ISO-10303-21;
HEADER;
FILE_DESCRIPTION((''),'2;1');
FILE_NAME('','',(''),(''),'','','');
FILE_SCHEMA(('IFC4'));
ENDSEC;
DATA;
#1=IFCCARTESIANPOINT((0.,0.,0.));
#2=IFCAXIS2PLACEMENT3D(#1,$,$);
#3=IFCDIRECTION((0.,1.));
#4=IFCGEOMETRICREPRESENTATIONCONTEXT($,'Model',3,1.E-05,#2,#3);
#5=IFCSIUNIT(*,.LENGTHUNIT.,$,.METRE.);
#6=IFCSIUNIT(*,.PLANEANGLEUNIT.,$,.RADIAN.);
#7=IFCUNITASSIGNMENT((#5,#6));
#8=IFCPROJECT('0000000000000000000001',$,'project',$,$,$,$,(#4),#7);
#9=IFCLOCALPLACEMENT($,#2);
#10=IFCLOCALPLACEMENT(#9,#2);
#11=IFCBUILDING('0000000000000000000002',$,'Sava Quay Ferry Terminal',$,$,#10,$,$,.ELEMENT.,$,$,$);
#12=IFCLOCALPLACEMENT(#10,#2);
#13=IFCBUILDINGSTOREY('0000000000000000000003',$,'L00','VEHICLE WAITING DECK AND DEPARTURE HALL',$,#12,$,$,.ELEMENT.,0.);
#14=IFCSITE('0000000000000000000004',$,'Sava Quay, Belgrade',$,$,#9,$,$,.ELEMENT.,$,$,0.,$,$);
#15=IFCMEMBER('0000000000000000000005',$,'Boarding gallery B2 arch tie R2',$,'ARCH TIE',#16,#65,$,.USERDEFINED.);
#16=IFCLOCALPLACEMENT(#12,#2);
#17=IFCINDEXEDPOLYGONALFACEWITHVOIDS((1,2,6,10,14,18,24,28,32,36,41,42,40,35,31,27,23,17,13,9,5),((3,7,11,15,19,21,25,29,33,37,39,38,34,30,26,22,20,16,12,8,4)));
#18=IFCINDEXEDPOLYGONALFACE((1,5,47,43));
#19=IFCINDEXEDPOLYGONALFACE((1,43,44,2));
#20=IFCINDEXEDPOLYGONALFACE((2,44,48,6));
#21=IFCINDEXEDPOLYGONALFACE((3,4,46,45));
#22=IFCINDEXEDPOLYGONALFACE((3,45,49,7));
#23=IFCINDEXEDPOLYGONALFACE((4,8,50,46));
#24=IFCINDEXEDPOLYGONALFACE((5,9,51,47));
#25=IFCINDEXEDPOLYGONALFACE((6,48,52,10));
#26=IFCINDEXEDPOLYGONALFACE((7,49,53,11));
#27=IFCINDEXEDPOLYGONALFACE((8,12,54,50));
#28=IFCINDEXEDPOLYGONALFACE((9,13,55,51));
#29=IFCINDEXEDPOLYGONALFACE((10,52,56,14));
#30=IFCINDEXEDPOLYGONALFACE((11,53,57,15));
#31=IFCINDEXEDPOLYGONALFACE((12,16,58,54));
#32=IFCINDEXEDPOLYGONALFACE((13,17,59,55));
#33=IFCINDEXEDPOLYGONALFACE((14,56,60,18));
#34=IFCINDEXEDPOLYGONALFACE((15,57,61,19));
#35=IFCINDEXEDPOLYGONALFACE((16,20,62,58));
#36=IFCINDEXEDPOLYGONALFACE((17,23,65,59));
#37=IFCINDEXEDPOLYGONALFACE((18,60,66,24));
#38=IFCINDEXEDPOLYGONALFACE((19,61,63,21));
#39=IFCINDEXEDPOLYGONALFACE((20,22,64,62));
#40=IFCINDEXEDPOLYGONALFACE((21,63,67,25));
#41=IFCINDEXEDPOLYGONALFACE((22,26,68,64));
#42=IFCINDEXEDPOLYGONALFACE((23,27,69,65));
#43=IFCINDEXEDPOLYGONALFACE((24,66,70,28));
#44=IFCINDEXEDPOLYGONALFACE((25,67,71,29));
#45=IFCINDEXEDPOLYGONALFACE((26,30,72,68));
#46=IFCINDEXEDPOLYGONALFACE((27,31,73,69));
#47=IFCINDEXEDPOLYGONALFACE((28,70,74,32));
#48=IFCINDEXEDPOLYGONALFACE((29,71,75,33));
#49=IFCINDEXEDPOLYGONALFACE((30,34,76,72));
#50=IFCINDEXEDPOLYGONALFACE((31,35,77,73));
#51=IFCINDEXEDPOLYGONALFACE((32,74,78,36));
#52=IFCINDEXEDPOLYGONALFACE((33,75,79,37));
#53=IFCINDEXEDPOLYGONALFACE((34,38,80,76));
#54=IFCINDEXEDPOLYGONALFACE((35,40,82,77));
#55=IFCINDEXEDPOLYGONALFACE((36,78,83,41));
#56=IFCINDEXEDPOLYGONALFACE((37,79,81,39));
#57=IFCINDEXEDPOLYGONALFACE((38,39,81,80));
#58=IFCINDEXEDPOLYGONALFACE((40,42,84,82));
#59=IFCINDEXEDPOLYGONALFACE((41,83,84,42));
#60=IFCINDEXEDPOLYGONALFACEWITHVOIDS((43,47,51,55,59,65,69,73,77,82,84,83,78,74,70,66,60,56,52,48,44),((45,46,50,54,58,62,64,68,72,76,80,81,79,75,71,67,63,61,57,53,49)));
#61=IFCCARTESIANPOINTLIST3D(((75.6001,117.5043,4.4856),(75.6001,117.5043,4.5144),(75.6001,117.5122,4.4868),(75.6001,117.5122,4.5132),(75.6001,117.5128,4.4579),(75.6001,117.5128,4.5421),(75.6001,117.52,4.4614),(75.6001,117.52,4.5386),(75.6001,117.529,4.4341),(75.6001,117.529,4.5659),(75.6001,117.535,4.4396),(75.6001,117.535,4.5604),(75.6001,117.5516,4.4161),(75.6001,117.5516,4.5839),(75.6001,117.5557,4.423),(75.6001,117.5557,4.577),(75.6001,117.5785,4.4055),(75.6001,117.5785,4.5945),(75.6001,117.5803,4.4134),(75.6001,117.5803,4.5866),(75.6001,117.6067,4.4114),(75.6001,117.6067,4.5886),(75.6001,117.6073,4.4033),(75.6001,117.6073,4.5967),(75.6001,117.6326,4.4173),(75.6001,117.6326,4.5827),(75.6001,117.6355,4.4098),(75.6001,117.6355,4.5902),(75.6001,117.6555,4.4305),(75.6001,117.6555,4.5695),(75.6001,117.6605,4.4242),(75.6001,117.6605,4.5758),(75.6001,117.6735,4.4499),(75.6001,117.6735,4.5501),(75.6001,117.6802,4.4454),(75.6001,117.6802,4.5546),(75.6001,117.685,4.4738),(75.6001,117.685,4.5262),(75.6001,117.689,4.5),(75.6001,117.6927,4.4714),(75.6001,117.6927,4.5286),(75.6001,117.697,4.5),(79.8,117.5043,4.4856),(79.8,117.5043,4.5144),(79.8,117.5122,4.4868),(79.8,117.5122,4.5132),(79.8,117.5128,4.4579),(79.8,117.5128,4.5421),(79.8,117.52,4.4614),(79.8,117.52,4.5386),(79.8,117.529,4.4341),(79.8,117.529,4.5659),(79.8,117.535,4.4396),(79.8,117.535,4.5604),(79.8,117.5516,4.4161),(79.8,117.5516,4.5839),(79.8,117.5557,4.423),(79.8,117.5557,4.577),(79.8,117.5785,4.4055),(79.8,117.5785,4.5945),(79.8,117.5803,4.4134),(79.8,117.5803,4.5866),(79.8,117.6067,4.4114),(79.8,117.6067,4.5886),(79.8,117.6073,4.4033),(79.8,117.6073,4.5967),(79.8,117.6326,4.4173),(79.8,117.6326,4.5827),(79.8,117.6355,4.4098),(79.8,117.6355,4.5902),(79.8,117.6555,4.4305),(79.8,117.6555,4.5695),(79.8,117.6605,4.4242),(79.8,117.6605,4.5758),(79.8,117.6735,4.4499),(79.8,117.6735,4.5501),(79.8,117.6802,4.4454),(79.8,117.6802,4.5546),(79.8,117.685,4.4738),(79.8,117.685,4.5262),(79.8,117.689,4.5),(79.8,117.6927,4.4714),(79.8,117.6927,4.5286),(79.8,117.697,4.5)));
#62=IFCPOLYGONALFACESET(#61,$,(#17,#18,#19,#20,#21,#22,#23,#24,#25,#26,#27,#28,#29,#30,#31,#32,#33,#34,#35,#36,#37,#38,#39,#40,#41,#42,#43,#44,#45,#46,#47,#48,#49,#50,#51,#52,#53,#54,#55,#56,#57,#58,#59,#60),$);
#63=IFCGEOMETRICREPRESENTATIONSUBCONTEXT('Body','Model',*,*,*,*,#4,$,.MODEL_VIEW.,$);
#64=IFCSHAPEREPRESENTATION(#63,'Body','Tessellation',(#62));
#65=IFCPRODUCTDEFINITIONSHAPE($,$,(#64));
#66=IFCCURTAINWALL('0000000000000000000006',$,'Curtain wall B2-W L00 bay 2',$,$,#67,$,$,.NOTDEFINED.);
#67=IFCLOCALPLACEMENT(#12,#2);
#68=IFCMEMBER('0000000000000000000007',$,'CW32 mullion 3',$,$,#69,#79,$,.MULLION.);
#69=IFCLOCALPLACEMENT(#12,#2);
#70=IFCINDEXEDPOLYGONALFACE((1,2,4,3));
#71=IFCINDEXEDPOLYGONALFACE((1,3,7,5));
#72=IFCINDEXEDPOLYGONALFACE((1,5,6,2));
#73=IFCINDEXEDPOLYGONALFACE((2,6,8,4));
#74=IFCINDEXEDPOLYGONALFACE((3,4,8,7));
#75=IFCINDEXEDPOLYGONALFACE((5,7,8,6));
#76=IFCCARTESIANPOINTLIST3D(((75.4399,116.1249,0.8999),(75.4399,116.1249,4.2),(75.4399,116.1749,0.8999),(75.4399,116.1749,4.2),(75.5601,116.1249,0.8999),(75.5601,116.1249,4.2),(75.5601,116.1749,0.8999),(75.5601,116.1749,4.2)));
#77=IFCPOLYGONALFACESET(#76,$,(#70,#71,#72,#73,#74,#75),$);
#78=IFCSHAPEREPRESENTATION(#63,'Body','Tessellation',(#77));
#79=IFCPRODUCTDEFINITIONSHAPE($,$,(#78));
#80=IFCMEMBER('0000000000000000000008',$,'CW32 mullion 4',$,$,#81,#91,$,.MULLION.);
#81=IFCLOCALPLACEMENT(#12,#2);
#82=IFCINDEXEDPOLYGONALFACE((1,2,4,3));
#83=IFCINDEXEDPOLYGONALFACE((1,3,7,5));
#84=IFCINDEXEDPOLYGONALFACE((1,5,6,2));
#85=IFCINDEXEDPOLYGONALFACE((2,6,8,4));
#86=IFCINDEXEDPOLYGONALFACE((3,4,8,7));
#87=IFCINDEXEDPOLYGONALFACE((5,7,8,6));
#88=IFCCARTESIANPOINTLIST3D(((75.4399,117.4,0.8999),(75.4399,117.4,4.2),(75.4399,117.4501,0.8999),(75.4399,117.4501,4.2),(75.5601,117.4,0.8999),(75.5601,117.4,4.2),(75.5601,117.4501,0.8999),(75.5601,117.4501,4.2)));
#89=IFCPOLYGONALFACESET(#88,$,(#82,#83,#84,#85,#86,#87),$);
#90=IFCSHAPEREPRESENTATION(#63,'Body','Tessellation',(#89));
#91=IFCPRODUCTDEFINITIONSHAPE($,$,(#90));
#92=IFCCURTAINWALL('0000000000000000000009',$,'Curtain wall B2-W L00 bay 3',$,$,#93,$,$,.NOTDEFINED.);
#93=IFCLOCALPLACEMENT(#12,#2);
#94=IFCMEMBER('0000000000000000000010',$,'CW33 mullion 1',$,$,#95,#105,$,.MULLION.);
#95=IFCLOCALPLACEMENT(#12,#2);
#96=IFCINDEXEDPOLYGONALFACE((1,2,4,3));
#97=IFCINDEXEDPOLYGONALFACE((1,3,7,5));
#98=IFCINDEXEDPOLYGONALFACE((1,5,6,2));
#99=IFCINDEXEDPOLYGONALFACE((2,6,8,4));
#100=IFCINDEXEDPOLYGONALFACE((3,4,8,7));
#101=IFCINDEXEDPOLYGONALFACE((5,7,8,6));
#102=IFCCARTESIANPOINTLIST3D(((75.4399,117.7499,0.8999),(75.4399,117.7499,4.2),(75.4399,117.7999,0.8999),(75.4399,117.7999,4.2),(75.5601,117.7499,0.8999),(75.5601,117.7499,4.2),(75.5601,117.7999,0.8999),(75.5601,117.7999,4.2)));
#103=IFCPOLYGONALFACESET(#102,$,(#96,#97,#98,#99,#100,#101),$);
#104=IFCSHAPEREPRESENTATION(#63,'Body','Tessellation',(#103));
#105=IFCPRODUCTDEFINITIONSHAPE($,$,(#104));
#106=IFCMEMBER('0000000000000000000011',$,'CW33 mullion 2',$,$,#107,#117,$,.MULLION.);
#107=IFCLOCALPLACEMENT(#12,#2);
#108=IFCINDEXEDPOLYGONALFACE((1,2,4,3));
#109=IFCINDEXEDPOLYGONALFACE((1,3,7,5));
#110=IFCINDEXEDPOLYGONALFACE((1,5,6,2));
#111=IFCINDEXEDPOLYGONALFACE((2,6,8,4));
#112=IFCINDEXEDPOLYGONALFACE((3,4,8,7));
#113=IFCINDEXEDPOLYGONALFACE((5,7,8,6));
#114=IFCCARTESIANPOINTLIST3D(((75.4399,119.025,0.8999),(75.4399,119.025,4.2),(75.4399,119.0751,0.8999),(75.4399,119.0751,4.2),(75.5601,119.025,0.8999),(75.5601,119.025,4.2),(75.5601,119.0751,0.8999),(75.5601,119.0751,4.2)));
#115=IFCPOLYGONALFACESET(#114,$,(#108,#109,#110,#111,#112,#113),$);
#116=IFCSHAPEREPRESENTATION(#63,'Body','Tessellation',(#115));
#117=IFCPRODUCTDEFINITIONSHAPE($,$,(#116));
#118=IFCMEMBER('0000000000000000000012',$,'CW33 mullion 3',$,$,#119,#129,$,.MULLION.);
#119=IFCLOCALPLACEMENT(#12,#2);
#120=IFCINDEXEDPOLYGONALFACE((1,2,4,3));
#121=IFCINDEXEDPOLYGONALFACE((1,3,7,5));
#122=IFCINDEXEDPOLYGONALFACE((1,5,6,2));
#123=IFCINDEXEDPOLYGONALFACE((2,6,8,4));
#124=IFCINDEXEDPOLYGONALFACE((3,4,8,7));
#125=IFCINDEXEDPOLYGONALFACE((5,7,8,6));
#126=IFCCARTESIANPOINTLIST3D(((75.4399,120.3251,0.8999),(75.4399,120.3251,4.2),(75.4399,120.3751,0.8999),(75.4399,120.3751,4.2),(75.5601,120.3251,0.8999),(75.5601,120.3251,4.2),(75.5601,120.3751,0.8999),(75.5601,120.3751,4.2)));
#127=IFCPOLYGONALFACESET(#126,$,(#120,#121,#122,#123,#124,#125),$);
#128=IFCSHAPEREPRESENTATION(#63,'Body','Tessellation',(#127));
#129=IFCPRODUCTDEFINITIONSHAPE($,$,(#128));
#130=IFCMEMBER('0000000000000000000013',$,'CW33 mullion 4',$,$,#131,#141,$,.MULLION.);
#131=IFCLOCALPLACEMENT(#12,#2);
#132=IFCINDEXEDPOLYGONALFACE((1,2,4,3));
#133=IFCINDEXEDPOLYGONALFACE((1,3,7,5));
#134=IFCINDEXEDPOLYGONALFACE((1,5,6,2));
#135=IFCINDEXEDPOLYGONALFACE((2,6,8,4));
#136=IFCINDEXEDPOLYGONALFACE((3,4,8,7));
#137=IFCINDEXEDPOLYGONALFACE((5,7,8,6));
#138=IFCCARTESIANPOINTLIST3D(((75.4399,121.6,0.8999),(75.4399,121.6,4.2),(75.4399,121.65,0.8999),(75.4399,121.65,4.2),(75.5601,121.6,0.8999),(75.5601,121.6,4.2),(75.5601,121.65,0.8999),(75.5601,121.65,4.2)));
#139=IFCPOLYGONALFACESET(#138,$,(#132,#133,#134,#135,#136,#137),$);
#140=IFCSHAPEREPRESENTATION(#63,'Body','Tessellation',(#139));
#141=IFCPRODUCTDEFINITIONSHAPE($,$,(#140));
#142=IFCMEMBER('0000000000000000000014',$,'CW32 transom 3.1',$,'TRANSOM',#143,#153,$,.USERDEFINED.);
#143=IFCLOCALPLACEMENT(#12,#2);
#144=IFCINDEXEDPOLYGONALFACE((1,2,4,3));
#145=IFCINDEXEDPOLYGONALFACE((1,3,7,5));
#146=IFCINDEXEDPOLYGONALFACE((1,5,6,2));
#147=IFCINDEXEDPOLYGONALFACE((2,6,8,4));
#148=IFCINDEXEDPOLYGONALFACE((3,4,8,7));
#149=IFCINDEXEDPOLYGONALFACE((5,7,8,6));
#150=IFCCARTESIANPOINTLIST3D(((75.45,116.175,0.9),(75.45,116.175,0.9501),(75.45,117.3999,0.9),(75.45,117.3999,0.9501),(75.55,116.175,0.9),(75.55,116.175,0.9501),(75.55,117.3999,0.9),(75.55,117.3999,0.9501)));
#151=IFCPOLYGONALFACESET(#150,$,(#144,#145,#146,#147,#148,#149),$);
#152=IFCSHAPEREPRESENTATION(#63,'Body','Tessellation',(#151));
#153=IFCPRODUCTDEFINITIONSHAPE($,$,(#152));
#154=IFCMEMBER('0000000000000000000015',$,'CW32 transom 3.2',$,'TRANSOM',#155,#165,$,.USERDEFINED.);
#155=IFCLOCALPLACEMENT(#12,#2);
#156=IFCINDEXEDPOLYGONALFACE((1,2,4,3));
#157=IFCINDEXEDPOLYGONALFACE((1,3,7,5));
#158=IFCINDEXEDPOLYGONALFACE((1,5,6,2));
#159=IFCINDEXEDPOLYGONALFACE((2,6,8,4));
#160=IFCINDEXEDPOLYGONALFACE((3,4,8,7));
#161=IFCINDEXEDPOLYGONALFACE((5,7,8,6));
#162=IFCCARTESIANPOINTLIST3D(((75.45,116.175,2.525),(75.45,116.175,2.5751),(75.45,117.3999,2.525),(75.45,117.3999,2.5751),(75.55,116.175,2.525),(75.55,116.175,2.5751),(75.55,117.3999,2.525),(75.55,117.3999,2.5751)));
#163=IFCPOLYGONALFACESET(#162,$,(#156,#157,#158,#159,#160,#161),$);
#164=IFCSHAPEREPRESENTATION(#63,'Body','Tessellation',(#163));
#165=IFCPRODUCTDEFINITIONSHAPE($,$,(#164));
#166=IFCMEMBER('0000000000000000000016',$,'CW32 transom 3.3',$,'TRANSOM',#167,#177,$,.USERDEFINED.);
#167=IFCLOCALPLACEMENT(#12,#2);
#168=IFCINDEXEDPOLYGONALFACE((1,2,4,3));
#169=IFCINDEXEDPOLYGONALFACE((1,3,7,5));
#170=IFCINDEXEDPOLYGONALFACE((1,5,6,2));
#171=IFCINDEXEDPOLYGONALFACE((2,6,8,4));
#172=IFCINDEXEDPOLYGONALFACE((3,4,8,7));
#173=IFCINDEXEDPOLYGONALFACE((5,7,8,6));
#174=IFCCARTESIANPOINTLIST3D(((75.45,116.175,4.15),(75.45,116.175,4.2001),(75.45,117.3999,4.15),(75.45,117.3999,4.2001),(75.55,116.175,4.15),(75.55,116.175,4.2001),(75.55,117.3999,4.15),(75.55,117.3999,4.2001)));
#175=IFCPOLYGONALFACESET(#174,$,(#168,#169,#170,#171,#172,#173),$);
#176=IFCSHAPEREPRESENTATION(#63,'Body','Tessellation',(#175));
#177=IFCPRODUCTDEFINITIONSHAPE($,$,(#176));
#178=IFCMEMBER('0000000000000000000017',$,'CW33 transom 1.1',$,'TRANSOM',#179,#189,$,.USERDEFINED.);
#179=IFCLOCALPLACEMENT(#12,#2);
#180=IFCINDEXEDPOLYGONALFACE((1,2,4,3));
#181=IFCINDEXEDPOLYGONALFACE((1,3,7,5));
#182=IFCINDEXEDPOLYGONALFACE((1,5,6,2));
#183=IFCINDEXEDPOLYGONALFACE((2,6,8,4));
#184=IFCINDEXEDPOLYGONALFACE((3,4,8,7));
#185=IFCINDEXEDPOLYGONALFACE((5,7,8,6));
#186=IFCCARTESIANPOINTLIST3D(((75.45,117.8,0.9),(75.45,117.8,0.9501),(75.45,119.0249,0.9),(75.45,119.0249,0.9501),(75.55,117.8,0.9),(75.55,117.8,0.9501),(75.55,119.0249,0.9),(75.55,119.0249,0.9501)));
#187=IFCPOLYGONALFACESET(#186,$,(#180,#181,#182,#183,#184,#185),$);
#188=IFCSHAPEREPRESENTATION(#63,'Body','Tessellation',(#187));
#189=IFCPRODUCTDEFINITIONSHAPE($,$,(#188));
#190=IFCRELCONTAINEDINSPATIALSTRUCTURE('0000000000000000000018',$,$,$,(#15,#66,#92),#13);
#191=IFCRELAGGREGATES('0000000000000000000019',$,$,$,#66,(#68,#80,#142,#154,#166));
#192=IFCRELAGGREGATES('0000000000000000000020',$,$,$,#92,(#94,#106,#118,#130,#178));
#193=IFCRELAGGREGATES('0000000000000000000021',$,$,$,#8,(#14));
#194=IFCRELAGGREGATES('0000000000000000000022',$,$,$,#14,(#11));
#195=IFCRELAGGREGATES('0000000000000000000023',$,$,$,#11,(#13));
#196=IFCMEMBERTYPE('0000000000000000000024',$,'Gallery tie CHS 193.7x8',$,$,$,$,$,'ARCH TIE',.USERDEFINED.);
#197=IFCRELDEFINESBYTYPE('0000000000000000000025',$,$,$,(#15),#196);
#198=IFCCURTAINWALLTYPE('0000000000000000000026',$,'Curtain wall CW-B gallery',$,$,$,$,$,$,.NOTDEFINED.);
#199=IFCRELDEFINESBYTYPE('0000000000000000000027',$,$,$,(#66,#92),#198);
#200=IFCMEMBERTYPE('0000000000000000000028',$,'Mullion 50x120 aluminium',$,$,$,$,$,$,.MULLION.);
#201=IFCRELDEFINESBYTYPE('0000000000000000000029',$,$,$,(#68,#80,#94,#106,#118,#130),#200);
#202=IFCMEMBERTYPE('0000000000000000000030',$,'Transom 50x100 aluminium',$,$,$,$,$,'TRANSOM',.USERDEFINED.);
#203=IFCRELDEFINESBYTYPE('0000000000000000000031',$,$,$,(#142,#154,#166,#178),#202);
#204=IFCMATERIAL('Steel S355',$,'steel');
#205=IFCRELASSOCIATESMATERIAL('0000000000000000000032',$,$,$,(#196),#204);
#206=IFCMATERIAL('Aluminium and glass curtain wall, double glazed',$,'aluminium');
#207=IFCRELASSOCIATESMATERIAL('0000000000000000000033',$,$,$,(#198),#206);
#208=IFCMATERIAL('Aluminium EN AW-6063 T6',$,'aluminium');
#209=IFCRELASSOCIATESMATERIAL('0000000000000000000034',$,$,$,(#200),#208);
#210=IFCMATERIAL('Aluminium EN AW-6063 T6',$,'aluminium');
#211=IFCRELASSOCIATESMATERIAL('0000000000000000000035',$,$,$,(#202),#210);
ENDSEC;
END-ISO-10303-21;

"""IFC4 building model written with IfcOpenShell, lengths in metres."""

from ifc_helpers import new_model, si_unit, direction, frame, origin, origin_2d, place, context, subcontext, project, spatial, rectangle, hollow_circle, extrude, material, material_profile, profile_set, type_object, element, aggregate, save


model = new_model("IFC4")

# Units and contexts
model_context = context("Model", 3, precision=1e-05, world=origin(), true_north=direction((0.0, 1.0)))
body_context = subcontext(model_context, "Body", "Model", "MODEL_VIEW")
ifc_project = project(units=[si_unit("LENGTHUNIT", "METRE"), si_unit("PLANEANGLEUNIT", "RADIAN")], contexts=[model_context])

# Site, building, storey
site_placement = place(None, origin())
site = spatial("IfcSite", under=ifc_project, at=site_placement, Name="Sava Quay, Belgrade", CompositionType="ELEMENT", RefElevation=0.0)
building_placement = place(site_placement, origin())
building = spatial("IfcBuilding", under=site, at=building_placement, Name="Sava Quay Ferry Terminal", CompositionType="ELEMENT")
storey_placement = place(building_placement, origin())
storey = spatial("IfcBuildingStorey", under=building, at=storey_placement, Name="L00", Description="VEHICLE WAITING DECK AND DEPARTURE HALL", CompositionType="ELEMENT", Elevation=0.0)

# Member
ifc_material_1 = material(Name="Steel S355", Category="steel")
ifc_material_profile_1 = material_profile(ifc_material_1, hollow_circle(Radius=0.0969, WallThickness=0.0081, at=origin_2d()), Name="CHS 193.7 x 8.0")
ifc_profile_set_1 = profile_set([ifc_material_profile_1], Name="Steel S355")
member_type_1 = type_object("IfcMemberType", Name="Gallery tie CHS 193.7x8", ElementType="ARCH TIE", PredefinedType="USERDEFINED", material=ifc_profile_set_1)
member_1_placement = place(storey_placement, frame((75.6001, 117.6001, 4.5), z_axis=(1.0, 0.0, 0.0), x_axis=(0.0, 1.0, 0.0)))
element("IfcMember", 1, at=member_1_placement, inside=storey, type_object=member_type_1, Name="Boarding gallery B2 arch tie R2", ObjectType="ARCH TIE", PredefinedType="USERDEFINED", context=body_context, shape_type="SweptSolid", body=[
    extrude(hollow_circle(Radius=0.0969, WallThickness=0.0081, at=origin_2d()), origin(), (0.0, 0.0, 1.0), 4.2),
])

# Curtain walls, members
ifc_material_2 = material(Name="Aluminium and glass curtain wall, double glazed", Category="aluminium")
curtain_wall_type = type_object("IfcCurtainWallType", Name="Curtain wall CW-B gallery", PredefinedType="NOTDEFINED", material=ifc_material_2)
curtain_wall_1_placement = place(storey_placement, origin())
curtain_wall_1 = element("IfcCurtainWall", 2, at=curtain_wall_1_placement, inside=storey, type_object=curtain_wall_type, Name="Curtain wall B2-W L00 bay 2", PredefinedType="NOTDEFINED")
ifc_material_3 = material(Name="Aluminium EN AW-6063 T6", Category="aluminium")
ifc_material_profile_2 = material_profile(ifc_material_3, rectangle(XDim=0.1201, YDim=0.05, at=origin_2d()), Name="Mullion 50x120 aluminium")
ifc_profile_set_2 = profile_set([ifc_material_profile_2], Name="Aluminium EN AW-6063 T6")
member_type_2 = type_object("IfcMemberType", Name="Mullion 50x120 aluminium", PredefinedType="MULLION", material=ifc_profile_set_2)
member_2_placement = place(storey_placement, frame((75.5, 116.1499, 0.8999), z_axis=(0.0, 0.0, 1.0), x_axis=(-1.0, 0.0, 0.0)))
member_2 = element("IfcMember", 3, at=member_2_placement, type_object=member_type_2, Name="CW32 mullion 3", PredefinedType="MULLION", context=body_context, shape_type="SweptSolid", body=[
    extrude(rectangle(XDim=0.1201, YDim=0.05, at=origin_2d()), origin(), (0.0, 0.0, 1.0), 3.3),
])
member_3_placement = place(storey_placement, frame((75.5, 117.425, 0.8999), z_axis=(0.0, 0.0, 1.0), x_axis=(-1.0, 0.0, 0.0)))
member_3 = element("IfcMember", 4, at=member_3_placement, type_object=member_type_2, Name="CW32 mullion 4", PredefinedType="MULLION", context=body_context, shape_type="SweptSolid", body=[
    extrude(rectangle(XDim=0.1201, YDim=0.05, at=origin_2d()), origin(), (0.0, 0.0, 1.0), 3.3),
])
curtain_wall_2_placement = place(storey_placement, origin())
curtain_wall_2 = element("IfcCurtainWall", 5, at=curtain_wall_2_placement, inside=storey, type_object=curtain_wall_type, Name="Curtain wall B2-W L00 bay 3", PredefinedType="NOTDEFINED")
member_4_placement = place(storey_placement, frame((75.5, 117.7749, 0.8999), z_axis=(0.0, 0.0, 1.0), x_axis=(-1.0, 0.0, 0.0)))
member_4 = element("IfcMember", 6, at=member_4_placement, type_object=member_type_2, Name="CW33 mullion 1", PredefinedType="MULLION", context=body_context, shape_type="SweptSolid", body=[
    extrude(rectangle(XDim=0.1201, YDim=0.05, at=origin_2d()), origin(), (0.0, 0.0, 1.0), 3.3),
])
member_5_placement = place(storey_placement, frame((75.5, 119.05, 0.8999), z_axis=(0.0, 0.0, 1.0), x_axis=(-1.0, 0.0, 0.0)))
member_5 = element("IfcMember", 7, at=member_5_placement, type_object=member_type_2, Name="CW33 mullion 2", PredefinedType="MULLION", context=body_context, shape_type="SweptSolid", body=[
    extrude(rectangle(XDim=0.1201, YDim=0.05, at=origin_2d()), origin(), (0.0, 0.0, 1.0), 3.3),
])
member_6_placement = place(storey_placement, frame((75.5, 120.3501, 0.8999), z_axis=(0.0, 0.0, 1.0), x_axis=(-1.0, 0.0, 0.0)))
member_6 = element("IfcMember", 8, at=member_6_placement, type_object=member_type_2, Name="CW33 mullion 3", PredefinedType="MULLION", context=body_context, shape_type="SweptSolid", body=[
    extrude(rectangle(XDim=0.1201, YDim=0.05, at=origin_2d()), origin(), (0.0, 0.0, 1.0), 3.3),
])
member_7_placement = place(storey_placement, frame((75.5, 121.625, 0.8999), z_axis=(0.0, 0.0, 1.0), x_axis=(-1.0, 0.0, 0.0)))
member_7 = element("IfcMember", 9, at=member_7_placement, type_object=member_type_2, Name="CW33 mullion 4", PredefinedType="MULLION", context=body_context, shape_type="SweptSolid", body=[
    extrude(rectangle(XDim=0.1201, YDim=0.05, at=origin_2d()), origin(), (0.0, 0.0, 1.0), 3.3),
])

# Members
ifc_material_4 = material(Name="Aluminium EN AW-6063 T6", Category="aluminium")
ifc_material_profile_3 = material_profile(ifc_material_4, rectangle(XDim=0.1001, YDim=0.05, at=origin_2d()), Name="Transom 50x100 aluminium")
ifc_profile_set_3 = profile_set([ifc_material_profile_3], Name="Aluminium EN AW-6063 T6")
member_type_3 = type_object("IfcMemberType", Name="Transom 50x100 aluminium", ElementType="TRANSOM", PredefinedType="USERDEFINED", material=ifc_profile_set_3)
member_8_placement = place(storey_placement, frame((75.5, 116.175, 0.925), z_axis=(0.0, 1.0, 0.0), x_axis=(-1.0, 0.0, 0.0)))
member_8 = element("IfcMember", 10, at=member_8_placement, type_object=member_type_3, Name="CW32 transom 3.1", ObjectType="TRANSOM", PredefinedType="USERDEFINED", context=body_context, shape_type="SweptSolid", body=[
    extrude(rectangle(XDim=0.1001, YDim=0.05, at=origin_2d()), origin(), (0.0, 0.0, 1.0), 1.2249),
])
member_9_placement = place(storey_placement, frame((75.5, 116.175, 2.55), z_axis=(0.0, 1.0, 0.0), x_axis=(-1.0, 0.0, 0.0)))
member_9 = element("IfcMember", 11, at=member_9_placement, type_object=member_type_3, Name="CW32 transom 3.2", ObjectType="TRANSOM", PredefinedType="USERDEFINED", context=body_context, shape_type="SweptSolid", body=[
    extrude(rectangle(XDim=0.1001, YDim=0.05, at=origin_2d()), origin(), (0.0, 0.0, 1.0), 1.2249),
])
member_10_placement = place(storey_placement, frame((75.5, 116.175, 4.175), z_axis=(0.0, 1.0, 0.0), x_axis=(-1.0, 0.0, 0.0)))
member_10 = element("IfcMember", 12, at=member_10_placement, type_object=member_type_3, Name="CW32 transom 3.3", ObjectType="TRANSOM", PredefinedType="USERDEFINED", context=body_context, shape_type="SweptSolid", body=[
    extrude(rectangle(XDim=0.1001, YDim=0.05, at=origin_2d()), origin(), (0.0, 0.0, 1.0), 1.2249),
])
member_11_placement = place(storey_placement, frame((75.5, 117.8, 0.925), z_axis=(0.0, 1.0, 0.0), x_axis=(-1.0, 0.0, 0.0)))
member_11 = element("IfcMember", 13, at=member_11_placement, type_object=member_type_3, Name="CW33 transom 1.1", ObjectType="TRANSOM", PredefinedType="USERDEFINED", context=body_context, shape_type="SweptSolid", body=[
    extrude(rectangle(XDim=0.1001, YDim=0.05, at=origin_2d()), origin(), (0.0, 0.0, 1.0), 1.2249),
])

aggregate(curtain_wall_1, [member_2, member_3, member_8, member_9, member_10])
aggregate(curtain_wall_2, [member_4, member_5, member_6, member_7, member_11])

save(model, "model.ifc")
